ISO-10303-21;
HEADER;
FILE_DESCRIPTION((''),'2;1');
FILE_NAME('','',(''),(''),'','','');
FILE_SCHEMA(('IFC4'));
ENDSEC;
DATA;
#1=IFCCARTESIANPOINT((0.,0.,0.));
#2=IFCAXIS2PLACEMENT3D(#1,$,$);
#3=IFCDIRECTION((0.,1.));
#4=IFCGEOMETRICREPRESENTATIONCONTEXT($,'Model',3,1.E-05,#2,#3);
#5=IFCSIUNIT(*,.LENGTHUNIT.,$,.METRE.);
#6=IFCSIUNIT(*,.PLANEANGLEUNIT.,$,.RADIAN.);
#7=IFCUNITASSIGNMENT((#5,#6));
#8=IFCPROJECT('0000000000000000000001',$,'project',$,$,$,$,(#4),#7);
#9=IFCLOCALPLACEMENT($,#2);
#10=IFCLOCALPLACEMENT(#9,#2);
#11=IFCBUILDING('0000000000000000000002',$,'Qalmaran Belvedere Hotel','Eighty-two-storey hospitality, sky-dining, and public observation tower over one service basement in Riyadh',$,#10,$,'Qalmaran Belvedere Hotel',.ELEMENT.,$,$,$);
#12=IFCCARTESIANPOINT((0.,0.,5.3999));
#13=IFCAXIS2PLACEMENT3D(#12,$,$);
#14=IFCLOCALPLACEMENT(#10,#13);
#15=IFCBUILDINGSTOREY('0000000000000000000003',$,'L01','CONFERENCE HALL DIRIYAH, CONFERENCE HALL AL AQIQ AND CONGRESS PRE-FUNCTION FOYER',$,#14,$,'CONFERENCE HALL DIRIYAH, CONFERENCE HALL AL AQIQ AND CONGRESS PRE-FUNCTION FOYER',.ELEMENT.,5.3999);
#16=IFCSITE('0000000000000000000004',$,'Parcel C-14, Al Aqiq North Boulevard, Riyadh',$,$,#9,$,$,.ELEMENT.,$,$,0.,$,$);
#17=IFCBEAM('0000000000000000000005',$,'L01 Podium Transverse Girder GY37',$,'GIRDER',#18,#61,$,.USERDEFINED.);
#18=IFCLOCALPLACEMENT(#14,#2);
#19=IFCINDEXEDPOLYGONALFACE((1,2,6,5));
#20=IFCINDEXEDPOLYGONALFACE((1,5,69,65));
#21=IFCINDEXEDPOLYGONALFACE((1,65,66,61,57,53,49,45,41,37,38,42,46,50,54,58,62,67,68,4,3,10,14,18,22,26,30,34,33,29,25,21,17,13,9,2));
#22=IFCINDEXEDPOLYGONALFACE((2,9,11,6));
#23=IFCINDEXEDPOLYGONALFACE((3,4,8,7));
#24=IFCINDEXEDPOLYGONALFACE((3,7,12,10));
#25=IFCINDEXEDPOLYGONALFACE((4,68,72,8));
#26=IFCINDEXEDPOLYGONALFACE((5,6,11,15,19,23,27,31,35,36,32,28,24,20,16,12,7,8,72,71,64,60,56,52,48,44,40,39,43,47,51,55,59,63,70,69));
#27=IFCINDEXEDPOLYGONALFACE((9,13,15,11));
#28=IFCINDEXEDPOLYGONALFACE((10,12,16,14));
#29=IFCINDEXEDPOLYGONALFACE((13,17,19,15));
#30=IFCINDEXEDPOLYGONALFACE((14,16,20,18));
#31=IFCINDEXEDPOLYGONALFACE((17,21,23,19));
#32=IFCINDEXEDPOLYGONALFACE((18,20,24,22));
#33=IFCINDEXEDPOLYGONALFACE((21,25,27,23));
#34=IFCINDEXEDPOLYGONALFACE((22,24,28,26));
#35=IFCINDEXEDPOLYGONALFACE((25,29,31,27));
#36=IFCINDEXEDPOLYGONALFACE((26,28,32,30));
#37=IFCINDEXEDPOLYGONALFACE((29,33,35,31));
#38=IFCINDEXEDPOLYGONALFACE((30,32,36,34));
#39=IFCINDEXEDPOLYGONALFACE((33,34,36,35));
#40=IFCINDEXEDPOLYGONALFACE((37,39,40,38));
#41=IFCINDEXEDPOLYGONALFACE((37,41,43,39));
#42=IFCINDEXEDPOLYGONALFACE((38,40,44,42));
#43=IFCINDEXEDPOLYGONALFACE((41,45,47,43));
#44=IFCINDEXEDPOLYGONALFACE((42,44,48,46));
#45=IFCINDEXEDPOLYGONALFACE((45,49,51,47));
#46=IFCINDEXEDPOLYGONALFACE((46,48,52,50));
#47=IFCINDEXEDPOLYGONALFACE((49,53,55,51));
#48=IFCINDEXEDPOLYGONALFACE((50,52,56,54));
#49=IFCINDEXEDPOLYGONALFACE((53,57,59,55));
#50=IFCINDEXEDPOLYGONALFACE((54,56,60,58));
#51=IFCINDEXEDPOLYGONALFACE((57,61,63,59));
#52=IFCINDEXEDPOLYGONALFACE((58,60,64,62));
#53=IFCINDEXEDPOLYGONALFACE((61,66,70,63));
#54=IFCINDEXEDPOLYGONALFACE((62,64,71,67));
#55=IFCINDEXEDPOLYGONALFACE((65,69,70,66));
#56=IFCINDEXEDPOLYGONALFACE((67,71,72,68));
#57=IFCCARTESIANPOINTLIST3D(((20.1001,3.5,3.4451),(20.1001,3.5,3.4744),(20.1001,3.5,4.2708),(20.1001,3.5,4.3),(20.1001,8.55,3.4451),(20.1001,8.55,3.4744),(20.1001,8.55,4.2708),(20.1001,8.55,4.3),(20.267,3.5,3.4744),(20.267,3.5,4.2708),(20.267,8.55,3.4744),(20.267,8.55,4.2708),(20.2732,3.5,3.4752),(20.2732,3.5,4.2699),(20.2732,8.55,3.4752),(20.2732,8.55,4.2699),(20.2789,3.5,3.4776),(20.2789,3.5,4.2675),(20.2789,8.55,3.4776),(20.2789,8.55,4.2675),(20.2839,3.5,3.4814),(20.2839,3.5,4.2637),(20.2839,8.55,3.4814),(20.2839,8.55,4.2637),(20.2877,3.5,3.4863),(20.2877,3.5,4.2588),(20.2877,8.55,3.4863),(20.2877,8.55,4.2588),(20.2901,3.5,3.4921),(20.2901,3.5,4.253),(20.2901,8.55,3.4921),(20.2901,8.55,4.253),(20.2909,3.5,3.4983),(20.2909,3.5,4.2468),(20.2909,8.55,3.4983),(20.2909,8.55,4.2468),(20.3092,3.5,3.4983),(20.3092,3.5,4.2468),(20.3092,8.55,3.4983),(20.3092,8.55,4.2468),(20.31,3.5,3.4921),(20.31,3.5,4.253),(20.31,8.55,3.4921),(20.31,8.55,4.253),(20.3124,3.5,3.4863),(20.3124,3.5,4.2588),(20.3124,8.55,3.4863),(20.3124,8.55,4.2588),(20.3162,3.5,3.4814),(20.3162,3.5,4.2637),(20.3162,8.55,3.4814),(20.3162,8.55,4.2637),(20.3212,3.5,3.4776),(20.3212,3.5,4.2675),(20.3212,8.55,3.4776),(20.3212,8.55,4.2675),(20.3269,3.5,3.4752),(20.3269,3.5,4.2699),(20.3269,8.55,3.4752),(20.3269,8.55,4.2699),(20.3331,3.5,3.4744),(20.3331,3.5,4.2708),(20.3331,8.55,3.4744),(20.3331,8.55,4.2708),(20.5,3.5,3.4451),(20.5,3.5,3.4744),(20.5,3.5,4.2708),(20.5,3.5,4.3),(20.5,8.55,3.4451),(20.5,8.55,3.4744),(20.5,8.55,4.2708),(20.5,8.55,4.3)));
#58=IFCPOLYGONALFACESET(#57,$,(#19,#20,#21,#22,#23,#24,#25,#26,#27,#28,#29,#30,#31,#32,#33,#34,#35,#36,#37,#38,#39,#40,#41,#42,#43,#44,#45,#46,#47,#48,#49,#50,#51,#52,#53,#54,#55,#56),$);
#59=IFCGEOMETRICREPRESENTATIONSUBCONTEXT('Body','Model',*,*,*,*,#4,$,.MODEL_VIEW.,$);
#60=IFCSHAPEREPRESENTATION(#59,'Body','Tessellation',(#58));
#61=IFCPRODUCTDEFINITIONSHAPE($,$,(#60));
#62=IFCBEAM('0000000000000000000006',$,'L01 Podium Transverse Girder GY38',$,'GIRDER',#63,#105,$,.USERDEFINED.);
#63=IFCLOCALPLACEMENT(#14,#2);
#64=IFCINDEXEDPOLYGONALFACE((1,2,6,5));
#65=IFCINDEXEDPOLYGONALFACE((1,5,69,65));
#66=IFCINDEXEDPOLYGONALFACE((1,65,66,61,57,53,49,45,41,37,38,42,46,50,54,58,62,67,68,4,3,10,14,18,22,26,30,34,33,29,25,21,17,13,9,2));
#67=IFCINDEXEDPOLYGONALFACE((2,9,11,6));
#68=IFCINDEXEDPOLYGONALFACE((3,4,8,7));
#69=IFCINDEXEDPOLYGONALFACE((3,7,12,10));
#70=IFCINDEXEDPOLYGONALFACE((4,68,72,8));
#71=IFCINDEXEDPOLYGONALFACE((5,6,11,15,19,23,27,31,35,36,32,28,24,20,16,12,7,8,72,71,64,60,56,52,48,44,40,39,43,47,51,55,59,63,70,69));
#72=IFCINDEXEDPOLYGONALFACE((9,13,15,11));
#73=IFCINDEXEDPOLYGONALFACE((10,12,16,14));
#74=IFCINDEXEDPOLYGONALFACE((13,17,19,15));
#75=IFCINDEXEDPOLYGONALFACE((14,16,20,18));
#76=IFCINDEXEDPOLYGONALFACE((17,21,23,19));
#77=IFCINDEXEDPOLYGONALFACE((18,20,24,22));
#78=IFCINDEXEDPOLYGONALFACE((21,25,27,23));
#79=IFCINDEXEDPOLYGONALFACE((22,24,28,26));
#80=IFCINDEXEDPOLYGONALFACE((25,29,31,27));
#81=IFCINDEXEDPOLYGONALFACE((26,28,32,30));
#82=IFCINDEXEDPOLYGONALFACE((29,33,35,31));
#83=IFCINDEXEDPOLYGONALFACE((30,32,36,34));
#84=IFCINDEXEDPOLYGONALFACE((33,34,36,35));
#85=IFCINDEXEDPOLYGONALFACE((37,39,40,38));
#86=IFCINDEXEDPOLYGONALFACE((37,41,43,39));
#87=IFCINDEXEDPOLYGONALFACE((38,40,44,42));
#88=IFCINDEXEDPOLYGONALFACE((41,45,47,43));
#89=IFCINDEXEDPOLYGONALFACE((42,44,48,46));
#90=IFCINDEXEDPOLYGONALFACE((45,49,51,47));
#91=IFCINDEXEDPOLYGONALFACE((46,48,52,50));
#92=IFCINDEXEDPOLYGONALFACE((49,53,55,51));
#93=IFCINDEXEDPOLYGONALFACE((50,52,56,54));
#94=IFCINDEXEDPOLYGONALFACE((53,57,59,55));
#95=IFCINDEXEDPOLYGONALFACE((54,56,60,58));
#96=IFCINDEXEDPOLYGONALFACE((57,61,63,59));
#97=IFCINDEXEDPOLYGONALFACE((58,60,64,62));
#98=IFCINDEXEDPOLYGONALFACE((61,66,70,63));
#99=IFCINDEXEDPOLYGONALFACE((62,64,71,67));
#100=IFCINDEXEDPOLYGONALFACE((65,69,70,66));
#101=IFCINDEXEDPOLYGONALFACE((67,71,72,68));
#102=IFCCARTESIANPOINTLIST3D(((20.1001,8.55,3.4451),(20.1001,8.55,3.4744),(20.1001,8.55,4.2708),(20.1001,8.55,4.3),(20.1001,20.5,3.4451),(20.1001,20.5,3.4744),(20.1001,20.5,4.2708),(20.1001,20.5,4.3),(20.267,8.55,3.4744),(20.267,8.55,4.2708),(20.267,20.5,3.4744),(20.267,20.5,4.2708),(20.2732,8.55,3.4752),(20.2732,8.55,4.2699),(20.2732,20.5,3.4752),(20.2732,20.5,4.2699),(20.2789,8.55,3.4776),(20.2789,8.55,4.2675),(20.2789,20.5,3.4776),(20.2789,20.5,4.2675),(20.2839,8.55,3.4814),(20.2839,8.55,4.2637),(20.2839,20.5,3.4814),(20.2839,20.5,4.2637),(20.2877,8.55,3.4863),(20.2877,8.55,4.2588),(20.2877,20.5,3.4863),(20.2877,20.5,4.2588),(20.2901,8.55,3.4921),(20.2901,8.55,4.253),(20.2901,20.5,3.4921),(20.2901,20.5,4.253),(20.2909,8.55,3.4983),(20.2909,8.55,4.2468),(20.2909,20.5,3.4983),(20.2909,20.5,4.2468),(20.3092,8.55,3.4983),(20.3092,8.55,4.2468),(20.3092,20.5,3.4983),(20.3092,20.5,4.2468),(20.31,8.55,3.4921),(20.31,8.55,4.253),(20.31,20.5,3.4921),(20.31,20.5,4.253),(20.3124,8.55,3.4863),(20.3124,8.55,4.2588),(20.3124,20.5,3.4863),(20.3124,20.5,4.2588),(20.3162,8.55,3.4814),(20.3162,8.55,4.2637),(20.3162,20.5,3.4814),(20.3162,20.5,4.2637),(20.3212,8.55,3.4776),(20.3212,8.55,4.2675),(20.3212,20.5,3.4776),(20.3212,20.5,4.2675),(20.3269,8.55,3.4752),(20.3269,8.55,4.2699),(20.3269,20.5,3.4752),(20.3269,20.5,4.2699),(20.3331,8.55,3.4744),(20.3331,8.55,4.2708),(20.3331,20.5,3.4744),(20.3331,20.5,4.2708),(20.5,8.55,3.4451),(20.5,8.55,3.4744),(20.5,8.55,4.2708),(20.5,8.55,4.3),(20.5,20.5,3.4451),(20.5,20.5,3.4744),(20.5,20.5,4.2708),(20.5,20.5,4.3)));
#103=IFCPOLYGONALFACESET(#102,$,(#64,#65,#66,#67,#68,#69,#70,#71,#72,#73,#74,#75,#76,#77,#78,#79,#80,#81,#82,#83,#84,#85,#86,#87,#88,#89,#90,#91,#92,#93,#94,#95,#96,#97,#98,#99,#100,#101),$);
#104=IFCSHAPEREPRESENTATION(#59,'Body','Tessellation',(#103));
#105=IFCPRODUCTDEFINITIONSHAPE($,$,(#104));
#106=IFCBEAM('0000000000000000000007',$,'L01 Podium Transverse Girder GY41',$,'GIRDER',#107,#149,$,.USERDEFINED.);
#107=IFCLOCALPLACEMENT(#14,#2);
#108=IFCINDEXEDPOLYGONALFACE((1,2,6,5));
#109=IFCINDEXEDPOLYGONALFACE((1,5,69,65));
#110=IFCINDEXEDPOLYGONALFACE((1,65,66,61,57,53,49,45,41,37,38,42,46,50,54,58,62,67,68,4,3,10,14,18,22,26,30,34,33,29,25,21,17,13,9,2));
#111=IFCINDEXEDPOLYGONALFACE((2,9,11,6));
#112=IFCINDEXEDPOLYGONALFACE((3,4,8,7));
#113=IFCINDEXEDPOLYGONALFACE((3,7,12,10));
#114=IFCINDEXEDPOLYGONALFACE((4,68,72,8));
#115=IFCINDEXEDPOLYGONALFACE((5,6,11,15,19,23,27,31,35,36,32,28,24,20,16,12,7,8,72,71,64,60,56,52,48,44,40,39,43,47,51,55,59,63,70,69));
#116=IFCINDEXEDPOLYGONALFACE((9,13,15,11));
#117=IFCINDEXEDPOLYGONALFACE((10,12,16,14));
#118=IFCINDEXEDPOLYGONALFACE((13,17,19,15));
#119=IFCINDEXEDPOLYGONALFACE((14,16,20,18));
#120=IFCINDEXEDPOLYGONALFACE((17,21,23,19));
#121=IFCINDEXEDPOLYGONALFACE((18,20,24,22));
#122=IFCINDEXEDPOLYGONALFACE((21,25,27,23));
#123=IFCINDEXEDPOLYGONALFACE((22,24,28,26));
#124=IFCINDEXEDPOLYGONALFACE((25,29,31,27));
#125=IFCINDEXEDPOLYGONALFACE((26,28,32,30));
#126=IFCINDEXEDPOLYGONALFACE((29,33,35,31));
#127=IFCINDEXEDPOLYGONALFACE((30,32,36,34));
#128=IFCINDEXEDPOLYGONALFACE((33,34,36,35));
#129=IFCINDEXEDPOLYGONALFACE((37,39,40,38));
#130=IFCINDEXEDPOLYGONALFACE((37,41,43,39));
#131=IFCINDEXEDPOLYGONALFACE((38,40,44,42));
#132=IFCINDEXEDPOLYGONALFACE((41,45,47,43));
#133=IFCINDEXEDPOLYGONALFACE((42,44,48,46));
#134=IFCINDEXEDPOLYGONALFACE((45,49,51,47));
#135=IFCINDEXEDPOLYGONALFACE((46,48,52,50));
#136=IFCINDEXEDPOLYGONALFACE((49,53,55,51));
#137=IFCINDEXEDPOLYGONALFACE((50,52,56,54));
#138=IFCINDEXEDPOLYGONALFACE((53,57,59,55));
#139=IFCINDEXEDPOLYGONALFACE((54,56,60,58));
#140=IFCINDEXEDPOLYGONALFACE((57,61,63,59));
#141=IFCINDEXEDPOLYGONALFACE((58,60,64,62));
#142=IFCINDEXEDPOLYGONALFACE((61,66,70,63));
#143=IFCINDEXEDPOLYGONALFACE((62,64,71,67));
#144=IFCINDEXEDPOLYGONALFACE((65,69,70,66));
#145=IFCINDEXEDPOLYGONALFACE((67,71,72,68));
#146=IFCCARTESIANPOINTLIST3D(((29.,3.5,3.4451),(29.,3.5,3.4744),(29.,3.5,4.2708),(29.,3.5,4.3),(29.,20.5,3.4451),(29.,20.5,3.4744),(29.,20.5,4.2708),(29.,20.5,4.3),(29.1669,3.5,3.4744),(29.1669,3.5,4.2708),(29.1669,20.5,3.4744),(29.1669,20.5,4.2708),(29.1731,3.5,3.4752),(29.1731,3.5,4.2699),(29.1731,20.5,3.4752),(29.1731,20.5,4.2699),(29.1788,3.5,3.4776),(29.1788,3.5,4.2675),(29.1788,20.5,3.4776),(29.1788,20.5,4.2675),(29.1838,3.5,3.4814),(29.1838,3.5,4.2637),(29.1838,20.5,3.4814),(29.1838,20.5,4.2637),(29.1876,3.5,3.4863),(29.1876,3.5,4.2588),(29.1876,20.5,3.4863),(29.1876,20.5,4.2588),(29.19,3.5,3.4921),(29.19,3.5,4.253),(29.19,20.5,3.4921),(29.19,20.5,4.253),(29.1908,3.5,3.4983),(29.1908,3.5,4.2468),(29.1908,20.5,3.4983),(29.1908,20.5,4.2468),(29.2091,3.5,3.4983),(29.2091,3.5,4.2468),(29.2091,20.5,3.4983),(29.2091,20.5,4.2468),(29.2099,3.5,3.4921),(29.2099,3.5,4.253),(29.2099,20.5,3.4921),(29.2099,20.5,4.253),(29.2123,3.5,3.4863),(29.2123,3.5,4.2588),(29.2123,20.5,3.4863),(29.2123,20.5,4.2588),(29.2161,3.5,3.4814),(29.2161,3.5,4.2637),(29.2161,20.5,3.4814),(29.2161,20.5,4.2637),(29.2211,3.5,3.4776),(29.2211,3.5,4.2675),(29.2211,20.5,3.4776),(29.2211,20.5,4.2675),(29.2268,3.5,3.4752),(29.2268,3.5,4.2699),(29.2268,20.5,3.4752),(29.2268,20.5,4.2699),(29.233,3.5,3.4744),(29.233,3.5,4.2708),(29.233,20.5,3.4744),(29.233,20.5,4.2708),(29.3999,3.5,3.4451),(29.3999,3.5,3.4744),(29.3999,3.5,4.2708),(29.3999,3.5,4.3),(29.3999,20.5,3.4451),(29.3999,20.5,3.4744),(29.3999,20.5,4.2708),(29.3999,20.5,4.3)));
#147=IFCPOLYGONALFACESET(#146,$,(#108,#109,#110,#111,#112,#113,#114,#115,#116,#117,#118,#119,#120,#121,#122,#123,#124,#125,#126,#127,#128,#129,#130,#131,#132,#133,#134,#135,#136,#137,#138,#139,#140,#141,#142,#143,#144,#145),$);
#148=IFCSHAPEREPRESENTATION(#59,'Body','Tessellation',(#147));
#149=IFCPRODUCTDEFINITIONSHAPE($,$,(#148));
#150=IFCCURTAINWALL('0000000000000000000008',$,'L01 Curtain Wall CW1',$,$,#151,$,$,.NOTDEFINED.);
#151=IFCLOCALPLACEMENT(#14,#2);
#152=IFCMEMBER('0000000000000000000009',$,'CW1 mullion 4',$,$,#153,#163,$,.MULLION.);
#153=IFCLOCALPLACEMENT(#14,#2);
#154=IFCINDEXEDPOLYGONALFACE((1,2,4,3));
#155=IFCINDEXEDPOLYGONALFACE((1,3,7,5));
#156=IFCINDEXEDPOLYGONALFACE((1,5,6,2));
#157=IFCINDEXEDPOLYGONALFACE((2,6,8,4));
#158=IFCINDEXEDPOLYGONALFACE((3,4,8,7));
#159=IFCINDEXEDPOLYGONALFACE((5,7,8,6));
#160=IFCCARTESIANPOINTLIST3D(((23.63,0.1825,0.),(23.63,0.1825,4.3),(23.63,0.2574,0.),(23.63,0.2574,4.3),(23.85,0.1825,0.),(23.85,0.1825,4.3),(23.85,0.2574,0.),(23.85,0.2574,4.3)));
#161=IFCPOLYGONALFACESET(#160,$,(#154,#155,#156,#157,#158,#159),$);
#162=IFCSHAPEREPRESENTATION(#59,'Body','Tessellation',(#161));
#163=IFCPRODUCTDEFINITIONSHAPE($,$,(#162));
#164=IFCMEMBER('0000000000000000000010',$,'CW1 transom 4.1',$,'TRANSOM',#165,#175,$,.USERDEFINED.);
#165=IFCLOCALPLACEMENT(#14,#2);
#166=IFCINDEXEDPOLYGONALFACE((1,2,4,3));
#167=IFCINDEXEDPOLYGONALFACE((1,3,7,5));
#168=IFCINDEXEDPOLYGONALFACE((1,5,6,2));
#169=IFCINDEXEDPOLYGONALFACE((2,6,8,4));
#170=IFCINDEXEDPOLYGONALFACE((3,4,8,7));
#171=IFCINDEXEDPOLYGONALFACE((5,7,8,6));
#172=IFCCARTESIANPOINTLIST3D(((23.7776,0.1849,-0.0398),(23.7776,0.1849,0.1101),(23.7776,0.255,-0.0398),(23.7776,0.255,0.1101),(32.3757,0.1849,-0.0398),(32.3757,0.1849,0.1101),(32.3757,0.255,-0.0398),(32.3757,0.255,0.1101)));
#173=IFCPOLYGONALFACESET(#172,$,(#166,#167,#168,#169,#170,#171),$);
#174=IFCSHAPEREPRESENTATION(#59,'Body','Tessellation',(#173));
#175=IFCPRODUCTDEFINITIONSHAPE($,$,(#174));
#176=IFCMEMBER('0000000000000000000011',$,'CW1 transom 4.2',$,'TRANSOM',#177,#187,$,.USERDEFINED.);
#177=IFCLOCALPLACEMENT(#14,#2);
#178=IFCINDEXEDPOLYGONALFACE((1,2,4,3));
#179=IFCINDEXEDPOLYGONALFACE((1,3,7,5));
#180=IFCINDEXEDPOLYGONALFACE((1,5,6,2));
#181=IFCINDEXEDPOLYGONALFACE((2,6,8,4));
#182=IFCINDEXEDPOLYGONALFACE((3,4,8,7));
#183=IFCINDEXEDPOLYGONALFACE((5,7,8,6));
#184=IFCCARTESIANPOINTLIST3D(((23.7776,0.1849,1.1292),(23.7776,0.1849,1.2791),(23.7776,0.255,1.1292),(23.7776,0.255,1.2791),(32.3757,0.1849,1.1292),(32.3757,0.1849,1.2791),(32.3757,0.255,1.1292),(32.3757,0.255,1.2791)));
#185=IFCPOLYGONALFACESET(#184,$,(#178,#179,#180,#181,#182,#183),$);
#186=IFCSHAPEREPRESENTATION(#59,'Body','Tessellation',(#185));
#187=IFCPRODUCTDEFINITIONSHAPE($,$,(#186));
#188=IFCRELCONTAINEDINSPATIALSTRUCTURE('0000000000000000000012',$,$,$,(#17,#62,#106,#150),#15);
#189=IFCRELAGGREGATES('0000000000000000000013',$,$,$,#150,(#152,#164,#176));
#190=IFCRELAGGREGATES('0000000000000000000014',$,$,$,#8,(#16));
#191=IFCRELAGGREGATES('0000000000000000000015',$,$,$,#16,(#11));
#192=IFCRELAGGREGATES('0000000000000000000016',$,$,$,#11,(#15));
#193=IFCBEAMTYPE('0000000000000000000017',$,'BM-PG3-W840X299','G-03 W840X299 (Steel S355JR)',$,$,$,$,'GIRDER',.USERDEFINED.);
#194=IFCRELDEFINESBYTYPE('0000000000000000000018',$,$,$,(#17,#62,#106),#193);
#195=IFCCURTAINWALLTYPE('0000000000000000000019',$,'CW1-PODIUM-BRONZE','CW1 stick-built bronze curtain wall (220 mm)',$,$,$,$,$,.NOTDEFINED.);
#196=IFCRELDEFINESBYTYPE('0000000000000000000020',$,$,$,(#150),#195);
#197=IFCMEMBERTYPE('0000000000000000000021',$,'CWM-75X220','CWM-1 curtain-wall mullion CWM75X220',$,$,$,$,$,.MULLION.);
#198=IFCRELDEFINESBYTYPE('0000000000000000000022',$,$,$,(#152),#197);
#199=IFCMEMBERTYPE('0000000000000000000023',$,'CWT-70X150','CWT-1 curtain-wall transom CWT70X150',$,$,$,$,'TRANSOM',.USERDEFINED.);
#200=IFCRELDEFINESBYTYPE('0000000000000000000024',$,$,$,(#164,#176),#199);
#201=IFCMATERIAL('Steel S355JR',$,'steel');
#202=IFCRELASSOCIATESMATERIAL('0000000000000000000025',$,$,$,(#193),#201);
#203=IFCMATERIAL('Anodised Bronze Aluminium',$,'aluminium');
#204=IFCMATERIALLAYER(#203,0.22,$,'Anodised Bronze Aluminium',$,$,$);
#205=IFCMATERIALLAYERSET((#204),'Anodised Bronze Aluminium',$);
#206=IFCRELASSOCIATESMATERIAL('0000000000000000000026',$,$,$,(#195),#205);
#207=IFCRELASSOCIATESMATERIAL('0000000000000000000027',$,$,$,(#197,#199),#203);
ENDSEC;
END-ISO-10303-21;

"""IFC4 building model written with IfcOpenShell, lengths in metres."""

from ifc_helpers import new_model, si_unit, direction, frame, origin, origin_2d, place, context, subcontext, project, spatial, rectangle, i_section, extrude, material, layer, layer_set, material_profile, profile_set, type_object, element, aggregate, save


model = new_model("IFC4")

# Units and contexts
model_context = context("Model", 3, precision=1e-05, world=origin(), true_north=direction((0.0, 1.0)))
body_context = subcontext(model_context, "Body", "Model", "MODEL_VIEW")
ifc_project = project(units=[si_unit("LENGTHUNIT", "METRE"), si_unit("PLANEANGLEUNIT", "RADIAN")], contexts=[model_context])

# Site, building, storey
site_placement = place(None, origin())
site = spatial("IfcSite", under=ifc_project, at=site_placement, Name="Parcel C-14, Al Aqiq North Boulevard, Riyadh", CompositionType="ELEMENT", RefElevation=0.0)
building_placement = place(site_placement, origin())
building = spatial("IfcBuilding", under=site, at=building_placement, Name="Qalmaran Belvedere Hotel", Description="Eighty-two-storey hospitality, sky-dining, and public observation tower over one service basement in Riyadh", LongName="Qalmaran Belvedere Hotel", CompositionType="ELEMENT")
storey_placement = place(building_placement, frame((0.0, 0.0, 5.3999)))
storey = spatial("IfcBuildingStorey", under=building, at=storey_placement, Name="L01", Description="CONFERENCE HALL DIRIYAH, CONFERENCE HALL AL AQIQ AND CONGRESS PRE-FUNCTION FOYER", LongName="CONFERENCE HALL DIRIYAH, CONFERENCE HALL AL AQIQ AND CONGRESS PRE-FUNCTION FOYER", CompositionType="ELEMENT", Elevation=5.3999)

# Beams
ifc_material_1 = material(Name="Steel S355JR", Category="steel")
ifc_material_profile_1 = material_profile(ifc_material_1, i_section(OverallWidth=0.3999, OverallDepth=0.855, WebThickness=0.0183, FlangeThickness=0.0293, FilletRadius=0.0239, at=origin_2d()), Name="W840X299")
ifc_profile_set_1 = profile_set([ifc_material_profile_1], Name="Steel S355JR")
beam_type_1 = type_object("IfcBeamType", Name="BM-PG3-W840X299", Description="G-03 W840X299 (Steel S355JR)", ElementType="GIRDER", PredefinedType="USERDEFINED", material=ifc_profile_set_1)
beam_1_placement = place(storey_placement, frame((20.3, 3.5, 3.8726), z_axis=(0.0, 1.0, 0.0), x_axis=(-1.0, 0.0, 0.0)))
element("IfcBeam", 1, at=beam_1_placement, inside=storey, type_object=beam_type_1, Name="L01 Podium Transverse Girder GY37", ObjectType="GIRDER", PredefinedType="USERDEFINED", context=body_context, shape_type="SweptSolid", body=[
    extrude(i_section(OverallWidth=0.3999, OverallDepth=0.855, WebThickness=0.0183, FlangeThickness=0.0293, FilletRadius=0.0239, at=origin_2d()), origin(), (0.0, 0.0, 1.0), 5.05),
])
beam_2_placement = place(storey_placement, frame((20.3, 8.55, 3.8726), z_axis=(0.0, 1.0, 0.0), x_axis=(-1.0, 0.0, 0.0)))
element("IfcBeam", 2, at=beam_2_placement, inside=storey, type_object=beam_type_1, Name="L01 Podium Transverse Girder GY38", ObjectType="GIRDER", PredefinedType="USERDEFINED", context=body_context, shape_type="SweptSolid", body=[
    extrude(i_section(OverallWidth=0.3999, OverallDepth=0.855, WebThickness=0.0183, FlangeThickness=0.0293, FilletRadius=0.0239, at=origin_2d()), origin(), (0.0, 0.0, 1.0), 11.95),
])
beam_3_placement = place(storey_placement, frame((29.2, 3.5, 3.8726), z_axis=(0.0, 1.0, 0.0), x_axis=(-1.0, 0.0, 0.0)))
element("IfcBeam", 3, at=beam_3_placement, inside=storey, type_object=beam_type_1, Name="L01 Podium Transverse Girder GY41", ObjectType="GIRDER", PredefinedType="USERDEFINED", context=body_context, shape_type="SweptSolid", body=[
    extrude(i_section(OverallWidth=0.3999, OverallDepth=0.855, WebThickness=0.0183, FlangeThickness=0.0293, FilletRadius=0.0239, at=origin_2d()), origin(), (0.0, 0.0, 1.0), 17.0),
])

# Curtain wall, members
ifc_material_2 = material(Name="Anodised Bronze Aluminium", Category="aluminium")
ifc_layer_1 = layer(ifc_material_2, 0.22, Name="Anodised Bronze Aluminium")
ifc_layer_set_1 = layer_set([ifc_layer_1], Name="Anodised Bronze Aluminium")
curtain_wall_type = type_object("IfcCurtainWallType", Name="CW1-PODIUM-BRONZE", Description="CW1 stick-built bronze curtain wall (220 mm)", PredefinedType="NOTDEFINED", material=ifc_layer_set_1)
curtain_wall_placement = place(storey_placement, origin())
curtain_wall = element("IfcCurtainWall", 4, at=curtain_wall_placement, inside=storey, type_object=curtain_wall_type, Name="L01 Curtain Wall CW1", PredefinedType="NOTDEFINED")
ifc_material_profile_2 = material_profile(ifc_material_2, rectangle(XDim=0.075, YDim=0.22, at=origin_2d()), Name="CWM75X220")
ifc_profile_set_2 = profile_set([ifc_material_profile_2], Name="Anodised Bronze Aluminium")
member_type_1 = type_object("IfcMemberType", Name="CWM-75X220", Description="CWM-1 curtain-wall mullion CWM75X220", PredefinedType="MULLION", material=ifc_profile_set_2)
member_1_placement = place(storey_placement, frame((23.74, 0.22, 0.0), z_axis=(0.0, 0.0, 1.0), x_axis=(0.0, 1.0, 0.0)))
member_1 = element("IfcMember", 5, at=member_1_placement, type_object=member_type_1, Name="CW1 mullion 4", PredefinedType="MULLION", context=body_context, shape_type="SweptSolid", body=[
    extrude(rectangle(XDim=0.075, YDim=0.22, at=origin_2d()), origin(), (0.0, 0.0, 1.0), 4.3),
])
ifc_material_profile_3 = material_profile(ifc_material_2, rectangle(XDim=0.0701, YDim=0.1499, at=origin_2d()), Name="CWT70X150")
ifc_profile_set_3 = profile_set([ifc_material_profile_3], Name="Anodised Bronze Aluminium")
member_type_2 = type_object("IfcMemberType", Name="CWT-70X150", Description="CWT-1 curtain-wall transom CWT70X150", ElementType="TRANSOM", PredefinedType="USERDEFINED", material=ifc_profile_set_3)
member_2_placement = place(storey_placement, frame((23.7776, 0.22, 0.0352), z_axis=(1.0, 0.0, 0.0), x_axis=(0.0, 1.0, 0.0)))
member_2 = element("IfcMember", 6, at=member_2_placement, type_object=member_type_2, Name="CW1 transom 4.1", ObjectType="TRANSOM", PredefinedType="USERDEFINED", context=body_context, shape_type="SweptSolid", body=[
    extrude(rectangle(XDim=0.0701, YDim=0.1499, at=origin_2d()), origin(), (0.0, 0.0, 1.0), 8.5981),
])
member_3_placement = place(storey_placement, frame((23.7776, 0.22, 1.2041), z_axis=(1.0, 0.0, 0.0), x_axis=(0.0, 1.0, 0.0)))
member_3 = element("IfcMember", 7, at=member_3_placement, type_object=member_type_2, Name="CW1 transom 4.2", ObjectType="TRANSOM", PredefinedType="USERDEFINED", context=body_context, shape_type="SweptSolid", body=[
    extrude(rectangle(XDim=0.0701, YDim=0.1499, at=origin_2d()), origin(), (0.0, 0.0, 1.0), 8.5981),
])
aggregate(curtain_wall, [member_1, member_2, member_3])

save(model, "model.ifc")
